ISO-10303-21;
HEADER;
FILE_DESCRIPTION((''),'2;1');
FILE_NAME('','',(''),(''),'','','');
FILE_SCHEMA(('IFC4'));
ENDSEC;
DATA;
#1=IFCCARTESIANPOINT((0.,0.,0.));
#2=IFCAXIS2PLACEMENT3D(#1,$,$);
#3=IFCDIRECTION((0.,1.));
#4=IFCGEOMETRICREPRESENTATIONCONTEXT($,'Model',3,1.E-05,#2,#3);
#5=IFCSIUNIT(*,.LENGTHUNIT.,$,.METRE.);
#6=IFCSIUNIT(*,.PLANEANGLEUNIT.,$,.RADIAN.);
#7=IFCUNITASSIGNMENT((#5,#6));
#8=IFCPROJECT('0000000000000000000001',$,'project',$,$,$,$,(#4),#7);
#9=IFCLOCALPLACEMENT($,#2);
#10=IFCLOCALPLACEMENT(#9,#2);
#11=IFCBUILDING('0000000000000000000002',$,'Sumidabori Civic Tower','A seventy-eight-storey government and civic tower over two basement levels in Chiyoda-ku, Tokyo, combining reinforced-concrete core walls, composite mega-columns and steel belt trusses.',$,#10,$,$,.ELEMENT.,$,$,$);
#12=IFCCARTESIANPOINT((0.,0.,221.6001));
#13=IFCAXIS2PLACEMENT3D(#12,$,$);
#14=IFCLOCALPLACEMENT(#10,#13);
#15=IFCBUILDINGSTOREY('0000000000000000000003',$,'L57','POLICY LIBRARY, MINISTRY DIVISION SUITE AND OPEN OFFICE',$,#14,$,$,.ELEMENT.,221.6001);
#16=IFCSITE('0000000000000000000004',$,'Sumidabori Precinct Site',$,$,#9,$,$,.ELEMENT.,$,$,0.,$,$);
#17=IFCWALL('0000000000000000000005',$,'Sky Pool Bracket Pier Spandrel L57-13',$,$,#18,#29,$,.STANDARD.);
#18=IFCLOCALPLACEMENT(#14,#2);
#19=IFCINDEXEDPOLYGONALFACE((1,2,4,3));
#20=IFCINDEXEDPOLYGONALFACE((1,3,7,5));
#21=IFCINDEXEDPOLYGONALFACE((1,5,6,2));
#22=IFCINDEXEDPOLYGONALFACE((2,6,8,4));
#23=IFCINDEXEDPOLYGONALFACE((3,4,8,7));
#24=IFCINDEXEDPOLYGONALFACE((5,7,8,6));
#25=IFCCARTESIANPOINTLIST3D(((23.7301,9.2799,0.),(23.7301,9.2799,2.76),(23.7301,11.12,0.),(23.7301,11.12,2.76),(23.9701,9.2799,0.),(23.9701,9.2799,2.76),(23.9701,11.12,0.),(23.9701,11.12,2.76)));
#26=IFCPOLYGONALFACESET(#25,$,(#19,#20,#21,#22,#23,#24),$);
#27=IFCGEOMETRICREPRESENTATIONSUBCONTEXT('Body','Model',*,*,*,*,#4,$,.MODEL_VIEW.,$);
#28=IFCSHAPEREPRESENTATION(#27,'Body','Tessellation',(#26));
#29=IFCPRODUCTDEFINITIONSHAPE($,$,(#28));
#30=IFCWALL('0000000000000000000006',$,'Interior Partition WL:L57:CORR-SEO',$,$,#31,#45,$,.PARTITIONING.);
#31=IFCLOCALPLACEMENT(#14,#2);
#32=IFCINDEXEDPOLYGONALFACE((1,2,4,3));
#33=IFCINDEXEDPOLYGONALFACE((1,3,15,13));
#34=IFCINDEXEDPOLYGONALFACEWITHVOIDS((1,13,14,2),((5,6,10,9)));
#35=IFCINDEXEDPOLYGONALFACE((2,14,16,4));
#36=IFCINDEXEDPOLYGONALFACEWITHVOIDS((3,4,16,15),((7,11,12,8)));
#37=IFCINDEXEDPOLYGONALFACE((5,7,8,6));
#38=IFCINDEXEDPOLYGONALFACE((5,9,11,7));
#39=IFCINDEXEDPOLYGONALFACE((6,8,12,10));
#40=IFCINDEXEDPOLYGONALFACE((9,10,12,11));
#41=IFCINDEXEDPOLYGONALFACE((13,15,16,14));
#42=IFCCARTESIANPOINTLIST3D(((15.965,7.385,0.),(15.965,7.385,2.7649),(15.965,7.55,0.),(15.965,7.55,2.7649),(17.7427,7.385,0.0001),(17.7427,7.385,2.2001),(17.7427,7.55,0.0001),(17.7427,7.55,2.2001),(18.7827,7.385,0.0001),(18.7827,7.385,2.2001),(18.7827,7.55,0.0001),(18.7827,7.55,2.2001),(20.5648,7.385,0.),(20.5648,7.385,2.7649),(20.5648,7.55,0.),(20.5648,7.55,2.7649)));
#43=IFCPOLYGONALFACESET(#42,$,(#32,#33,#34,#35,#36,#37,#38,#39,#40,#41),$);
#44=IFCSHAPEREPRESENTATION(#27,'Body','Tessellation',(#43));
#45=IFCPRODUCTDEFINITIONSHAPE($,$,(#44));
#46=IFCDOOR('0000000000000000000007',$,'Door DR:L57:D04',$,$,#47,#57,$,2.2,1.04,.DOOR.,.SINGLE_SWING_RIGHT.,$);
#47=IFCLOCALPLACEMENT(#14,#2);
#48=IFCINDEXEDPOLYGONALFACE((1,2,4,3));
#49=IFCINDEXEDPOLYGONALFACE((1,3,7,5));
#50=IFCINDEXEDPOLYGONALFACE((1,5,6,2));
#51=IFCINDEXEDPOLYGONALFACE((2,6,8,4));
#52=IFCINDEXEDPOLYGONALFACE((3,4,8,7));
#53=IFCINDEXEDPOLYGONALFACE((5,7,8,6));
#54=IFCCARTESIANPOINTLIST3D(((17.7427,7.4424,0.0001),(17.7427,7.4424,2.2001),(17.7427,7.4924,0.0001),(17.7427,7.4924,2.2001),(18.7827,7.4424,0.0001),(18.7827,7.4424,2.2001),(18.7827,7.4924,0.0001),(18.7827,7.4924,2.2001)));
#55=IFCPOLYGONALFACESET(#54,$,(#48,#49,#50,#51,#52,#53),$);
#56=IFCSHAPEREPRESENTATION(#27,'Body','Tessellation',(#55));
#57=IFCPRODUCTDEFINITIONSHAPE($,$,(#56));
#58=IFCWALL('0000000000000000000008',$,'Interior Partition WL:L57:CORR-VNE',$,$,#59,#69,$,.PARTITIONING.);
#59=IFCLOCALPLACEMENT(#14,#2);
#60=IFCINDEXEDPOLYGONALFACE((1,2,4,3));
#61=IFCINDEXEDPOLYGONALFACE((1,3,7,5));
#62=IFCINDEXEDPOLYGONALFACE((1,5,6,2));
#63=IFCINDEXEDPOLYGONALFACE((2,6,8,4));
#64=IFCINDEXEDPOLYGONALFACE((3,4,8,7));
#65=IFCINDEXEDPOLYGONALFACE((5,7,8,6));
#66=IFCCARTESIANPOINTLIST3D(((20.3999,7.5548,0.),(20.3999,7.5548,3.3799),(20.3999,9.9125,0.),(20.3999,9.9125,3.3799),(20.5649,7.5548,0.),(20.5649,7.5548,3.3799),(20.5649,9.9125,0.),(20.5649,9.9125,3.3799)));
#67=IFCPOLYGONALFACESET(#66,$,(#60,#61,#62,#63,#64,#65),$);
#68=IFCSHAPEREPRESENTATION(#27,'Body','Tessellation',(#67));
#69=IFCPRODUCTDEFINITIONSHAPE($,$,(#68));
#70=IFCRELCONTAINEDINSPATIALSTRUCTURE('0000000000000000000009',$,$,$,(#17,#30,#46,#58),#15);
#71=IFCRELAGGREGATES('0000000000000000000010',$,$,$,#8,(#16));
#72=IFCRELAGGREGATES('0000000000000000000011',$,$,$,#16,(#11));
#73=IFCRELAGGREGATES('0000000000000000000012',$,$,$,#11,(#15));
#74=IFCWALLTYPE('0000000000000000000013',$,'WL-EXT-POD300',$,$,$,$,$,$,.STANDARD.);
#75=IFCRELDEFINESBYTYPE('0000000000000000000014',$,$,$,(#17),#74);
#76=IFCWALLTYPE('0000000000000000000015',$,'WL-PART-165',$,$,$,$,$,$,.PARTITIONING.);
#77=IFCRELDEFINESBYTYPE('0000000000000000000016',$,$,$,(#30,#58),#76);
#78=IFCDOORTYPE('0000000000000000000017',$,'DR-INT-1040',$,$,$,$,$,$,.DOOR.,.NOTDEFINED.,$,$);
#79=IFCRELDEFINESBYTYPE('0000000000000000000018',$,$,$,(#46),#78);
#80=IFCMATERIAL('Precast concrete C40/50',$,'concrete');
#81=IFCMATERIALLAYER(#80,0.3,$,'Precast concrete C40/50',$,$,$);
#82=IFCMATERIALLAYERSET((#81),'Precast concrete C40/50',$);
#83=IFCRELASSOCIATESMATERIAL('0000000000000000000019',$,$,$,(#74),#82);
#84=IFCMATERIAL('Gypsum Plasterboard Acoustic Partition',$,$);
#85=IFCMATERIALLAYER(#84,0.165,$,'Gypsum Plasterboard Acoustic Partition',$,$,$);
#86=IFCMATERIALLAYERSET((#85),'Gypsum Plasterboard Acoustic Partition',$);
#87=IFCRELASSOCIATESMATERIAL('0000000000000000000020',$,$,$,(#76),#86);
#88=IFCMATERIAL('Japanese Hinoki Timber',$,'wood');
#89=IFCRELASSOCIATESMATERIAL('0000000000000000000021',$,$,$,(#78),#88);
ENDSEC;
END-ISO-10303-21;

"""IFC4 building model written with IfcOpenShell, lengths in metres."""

from ifc_helpers import new_model, si_unit, direction, frame, frame_2d, origin, place, context, subcontext, project, spatial, rectangle, extrude, source, transform, mapped, material, layer, layer_set, type_object, element, fill, save


model = new_model("IFC4")

# Units and contexts
model_context = context("Model", 3, precision=1e-05, world=origin(), true_north=direction((0.0, 1.0)))
body_context = subcontext(model_context, "Body", "Model", "MODEL_VIEW")
ifc_project = project(units=[si_unit("LENGTHUNIT", "METRE"), si_unit("PLANEANGLEUNIT", "RADIAN")], contexts=[model_context])

# Site, building, storey
site_placement = place(None, origin())
site = spatial("IfcSite", under=ifc_project, at=site_placement, Name="Sumidabori Precinct Site", CompositionType="ELEMENT", RefElevation=0.0)
building_placement = place(site_placement, origin())
building = spatial("IfcBuilding", under=site, at=building_placement, Name="Sumidabori Civic Tower", Description="A seventy-eight-storey government and civic tower over two basement levels in Chiyoda-ku, Tokyo, combining reinforced-concrete core walls, composite mega-columns and steel belt trusses.", CompositionType="ELEMENT")
storey_placement = place(building_placement, frame((0.0, 0.0, 221.6001)))
storey = spatial("IfcBuildingStorey", under=building, at=storey_placement, Name="L57", Description="POLICY LIBRARY, MINISTRY DIVISION SUITE AND OPEN OFFICE", CompositionType="ELEMENT", Elevation=221.6001)

# Wall
ifc_material_1 = material(Name="Precast concrete C40/50", Category="concrete")
ifc_layer_1 = layer(ifc_material_1, 0.3, Name="Precast concrete C40/50")
ifc_layer_set_1 = layer_set([ifc_layer_1], Name="Precast concrete C40/50")
wall_type_1 = type_object("IfcWallType", Name="WL-EXT-POD300", PredefinedType="STANDARD", material=ifc_layer_set_1)
shared_shape_1 = source(origin(), body_context, "Body", "SweptSolid", [
    extrude(rectangle(XDim=1.8401, YDim=0.24, at=frame_2d((0.9199, 0.0))), origin(), (0.0, 0.0, 1.0), 2.76),
])
wall_1_placement = place(storey_placement, frame((23.8501, 9.28, 0.0), z_axis=(0.0, 0.0, 1.0), x_axis=(0.0, 1.0, 0.0)))
element("IfcWall", 1, at=wall_1_placement, inside=storey, type_object=wall_type_1, Name="Sky Pool Bracket Pier Spandrel L57-13", PredefinedType="STANDARD", context=body_context, shape_type="MappedRepresentation", body=[
    mapped(shared_shape_1, transform((0.0, 0.0, 0.0), x_axis=(1.0, 0.0, 0.0), y_axis=(0.0, 1.0, 0.0), z_axis=(0.0, 0.0, 1.0), scale=1.0)),
])

# Wall, opening, door
ifc_material_2 = material(Name="Gypsum Plasterboard Acoustic Partition")
ifc_layer_2 = layer(ifc_material_2, 0.165, Name="Gypsum Plasterboard Acoustic Partition")
ifc_layer_set_2 = layer_set([ifc_layer_2], Name="Gypsum Plasterboard Acoustic Partition")
wall_type_2 = type_object("IfcWallType", Name="WL-PART-165", PredefinedType="PARTITIONING", material=ifc_layer_set_2)
shared_shape_2 = source(origin(), body_context, "Body", "SweptSolid", [
    extrude(rectangle(XDim=4.5999, YDim=0.165, at=frame_2d((2.2998, 0.0))), origin(), (0.0, 0.0, 1.0), 2.7649),
])
wall_2_placement = place(storey_placement, frame((15.9651, 7.4675, 0.0), z_axis=(0.0, 0.0, 1.0), x_axis=(1.0, 0.0, 0.0)))
wall_2 = element("IfcWall", 2, at=wall_2_placement, inside=storey, type_object=wall_type_2, Name="Interior Partition WL:L57:CORR-SEO", PredefinedType="PARTITIONING", context=body_context, shape_type="MappedRepresentation", body=[
    mapped(shared_shape_2, transform((0.0, 0.0, 0.0), x_axis=(1.0, 0.0, 0.0), y_axis=(0.0, 1.0, 0.0), z_axis=(0.0, 0.0, 1.0), scale=1.0)),
])
opening_1_placement = place(wall_2_placement, frame((1.7776, 0.0, 0.0)))
opening_1 = element("IfcOpeningElement", 3, at=opening_1_placement, cuts=wall_2, PredefinedType="OPENING", context=body_context, shape_type="SweptSolid", body=[
    extrude(rectangle(XDim=1.04, YDim=2.2, at=frame_2d((0.52, 1.1001))), frame((0.0, 0.0945, 0.0), z_axis=(0.0, -1.0, 0.0), x_axis=(1.0, 0.0, 0.0)), (0.0, 0.0, 1.0), 0.189),
])
ifc_material_3 = material(Name="Japanese Hinoki Timber", Category="wood")
door_type_1 = type_object("IfcDoorType", Name="DR-INT-1040", OperationType="NOTDEFINED", PredefinedType="DOOR", material=ifc_material_3)
shared_shape_3 = source(origin(), body_context, "Body", "SweptSolid", [
    extrude(rectangle(XDim=1.04, YDim=2.2, at=frame_2d((0.52, 1.1001))), frame((0.0, 0.0249, 0.0), z_axis=(0.0, -1.0, 0.0), x_axis=(1.0, 0.0, 0.0)), (0.0, 0.0, 1.0), 0.05),
])
door_1_placement = place(opening_1_placement, origin())
door_1 = element("IfcDoor", 4, at=door_1_placement, inside=storey, type_object=door_type_1, Name="Door DR:L57:D04", OperationType="SINGLE_SWING_RIGHT", OverallHeight=2.2, OverallWidth=1.04, PredefinedType="DOOR", context=body_context, shape_type="MappedRepresentation", body=[
    mapped(shared_shape_3, transform((0.0, 0.0, 0.0), x_axis=(1.0, 0.0, 0.0), y_axis=(0.0, 1.0, 0.0), z_axis=(0.0, 0.0, 1.0), scale=1.0)),
])
fill(opening_1, door_1)

# Wall
shared_shape_4 = source(origin(), body_context, "Body", "SweptSolid", [
    extrude(rectangle(XDim=2.3577, YDim=0.165, at=frame_2d((1.1787, 0.0))), origin(), (0.0, 0.0, 1.0), 3.3799),
])
wall_3_placement = place(storey_placement, frame((20.4824, 7.5549, 0.0), z_axis=(0.0, 0.0, 1.0), x_axis=(0.0, 1.0, 0.0)))
element("IfcWall", 5, at=wall_3_placement, inside=storey, type_object=wall_type_2, Name="Interior Partition WL:L57:CORR-VNE", PredefinedType="PARTITIONING", context=body_context, shape_type="MappedRepresentation", body=[
    mapped(shared_shape_4, transform((0.0, 0.0, 0.0), x_axis=(1.0, 0.0, 0.0), y_axis=(0.0, 1.0, 0.0), z_axis=(0.0, 0.0, 1.0), scale=1.0)),
])

save(model, "model.ifc")
